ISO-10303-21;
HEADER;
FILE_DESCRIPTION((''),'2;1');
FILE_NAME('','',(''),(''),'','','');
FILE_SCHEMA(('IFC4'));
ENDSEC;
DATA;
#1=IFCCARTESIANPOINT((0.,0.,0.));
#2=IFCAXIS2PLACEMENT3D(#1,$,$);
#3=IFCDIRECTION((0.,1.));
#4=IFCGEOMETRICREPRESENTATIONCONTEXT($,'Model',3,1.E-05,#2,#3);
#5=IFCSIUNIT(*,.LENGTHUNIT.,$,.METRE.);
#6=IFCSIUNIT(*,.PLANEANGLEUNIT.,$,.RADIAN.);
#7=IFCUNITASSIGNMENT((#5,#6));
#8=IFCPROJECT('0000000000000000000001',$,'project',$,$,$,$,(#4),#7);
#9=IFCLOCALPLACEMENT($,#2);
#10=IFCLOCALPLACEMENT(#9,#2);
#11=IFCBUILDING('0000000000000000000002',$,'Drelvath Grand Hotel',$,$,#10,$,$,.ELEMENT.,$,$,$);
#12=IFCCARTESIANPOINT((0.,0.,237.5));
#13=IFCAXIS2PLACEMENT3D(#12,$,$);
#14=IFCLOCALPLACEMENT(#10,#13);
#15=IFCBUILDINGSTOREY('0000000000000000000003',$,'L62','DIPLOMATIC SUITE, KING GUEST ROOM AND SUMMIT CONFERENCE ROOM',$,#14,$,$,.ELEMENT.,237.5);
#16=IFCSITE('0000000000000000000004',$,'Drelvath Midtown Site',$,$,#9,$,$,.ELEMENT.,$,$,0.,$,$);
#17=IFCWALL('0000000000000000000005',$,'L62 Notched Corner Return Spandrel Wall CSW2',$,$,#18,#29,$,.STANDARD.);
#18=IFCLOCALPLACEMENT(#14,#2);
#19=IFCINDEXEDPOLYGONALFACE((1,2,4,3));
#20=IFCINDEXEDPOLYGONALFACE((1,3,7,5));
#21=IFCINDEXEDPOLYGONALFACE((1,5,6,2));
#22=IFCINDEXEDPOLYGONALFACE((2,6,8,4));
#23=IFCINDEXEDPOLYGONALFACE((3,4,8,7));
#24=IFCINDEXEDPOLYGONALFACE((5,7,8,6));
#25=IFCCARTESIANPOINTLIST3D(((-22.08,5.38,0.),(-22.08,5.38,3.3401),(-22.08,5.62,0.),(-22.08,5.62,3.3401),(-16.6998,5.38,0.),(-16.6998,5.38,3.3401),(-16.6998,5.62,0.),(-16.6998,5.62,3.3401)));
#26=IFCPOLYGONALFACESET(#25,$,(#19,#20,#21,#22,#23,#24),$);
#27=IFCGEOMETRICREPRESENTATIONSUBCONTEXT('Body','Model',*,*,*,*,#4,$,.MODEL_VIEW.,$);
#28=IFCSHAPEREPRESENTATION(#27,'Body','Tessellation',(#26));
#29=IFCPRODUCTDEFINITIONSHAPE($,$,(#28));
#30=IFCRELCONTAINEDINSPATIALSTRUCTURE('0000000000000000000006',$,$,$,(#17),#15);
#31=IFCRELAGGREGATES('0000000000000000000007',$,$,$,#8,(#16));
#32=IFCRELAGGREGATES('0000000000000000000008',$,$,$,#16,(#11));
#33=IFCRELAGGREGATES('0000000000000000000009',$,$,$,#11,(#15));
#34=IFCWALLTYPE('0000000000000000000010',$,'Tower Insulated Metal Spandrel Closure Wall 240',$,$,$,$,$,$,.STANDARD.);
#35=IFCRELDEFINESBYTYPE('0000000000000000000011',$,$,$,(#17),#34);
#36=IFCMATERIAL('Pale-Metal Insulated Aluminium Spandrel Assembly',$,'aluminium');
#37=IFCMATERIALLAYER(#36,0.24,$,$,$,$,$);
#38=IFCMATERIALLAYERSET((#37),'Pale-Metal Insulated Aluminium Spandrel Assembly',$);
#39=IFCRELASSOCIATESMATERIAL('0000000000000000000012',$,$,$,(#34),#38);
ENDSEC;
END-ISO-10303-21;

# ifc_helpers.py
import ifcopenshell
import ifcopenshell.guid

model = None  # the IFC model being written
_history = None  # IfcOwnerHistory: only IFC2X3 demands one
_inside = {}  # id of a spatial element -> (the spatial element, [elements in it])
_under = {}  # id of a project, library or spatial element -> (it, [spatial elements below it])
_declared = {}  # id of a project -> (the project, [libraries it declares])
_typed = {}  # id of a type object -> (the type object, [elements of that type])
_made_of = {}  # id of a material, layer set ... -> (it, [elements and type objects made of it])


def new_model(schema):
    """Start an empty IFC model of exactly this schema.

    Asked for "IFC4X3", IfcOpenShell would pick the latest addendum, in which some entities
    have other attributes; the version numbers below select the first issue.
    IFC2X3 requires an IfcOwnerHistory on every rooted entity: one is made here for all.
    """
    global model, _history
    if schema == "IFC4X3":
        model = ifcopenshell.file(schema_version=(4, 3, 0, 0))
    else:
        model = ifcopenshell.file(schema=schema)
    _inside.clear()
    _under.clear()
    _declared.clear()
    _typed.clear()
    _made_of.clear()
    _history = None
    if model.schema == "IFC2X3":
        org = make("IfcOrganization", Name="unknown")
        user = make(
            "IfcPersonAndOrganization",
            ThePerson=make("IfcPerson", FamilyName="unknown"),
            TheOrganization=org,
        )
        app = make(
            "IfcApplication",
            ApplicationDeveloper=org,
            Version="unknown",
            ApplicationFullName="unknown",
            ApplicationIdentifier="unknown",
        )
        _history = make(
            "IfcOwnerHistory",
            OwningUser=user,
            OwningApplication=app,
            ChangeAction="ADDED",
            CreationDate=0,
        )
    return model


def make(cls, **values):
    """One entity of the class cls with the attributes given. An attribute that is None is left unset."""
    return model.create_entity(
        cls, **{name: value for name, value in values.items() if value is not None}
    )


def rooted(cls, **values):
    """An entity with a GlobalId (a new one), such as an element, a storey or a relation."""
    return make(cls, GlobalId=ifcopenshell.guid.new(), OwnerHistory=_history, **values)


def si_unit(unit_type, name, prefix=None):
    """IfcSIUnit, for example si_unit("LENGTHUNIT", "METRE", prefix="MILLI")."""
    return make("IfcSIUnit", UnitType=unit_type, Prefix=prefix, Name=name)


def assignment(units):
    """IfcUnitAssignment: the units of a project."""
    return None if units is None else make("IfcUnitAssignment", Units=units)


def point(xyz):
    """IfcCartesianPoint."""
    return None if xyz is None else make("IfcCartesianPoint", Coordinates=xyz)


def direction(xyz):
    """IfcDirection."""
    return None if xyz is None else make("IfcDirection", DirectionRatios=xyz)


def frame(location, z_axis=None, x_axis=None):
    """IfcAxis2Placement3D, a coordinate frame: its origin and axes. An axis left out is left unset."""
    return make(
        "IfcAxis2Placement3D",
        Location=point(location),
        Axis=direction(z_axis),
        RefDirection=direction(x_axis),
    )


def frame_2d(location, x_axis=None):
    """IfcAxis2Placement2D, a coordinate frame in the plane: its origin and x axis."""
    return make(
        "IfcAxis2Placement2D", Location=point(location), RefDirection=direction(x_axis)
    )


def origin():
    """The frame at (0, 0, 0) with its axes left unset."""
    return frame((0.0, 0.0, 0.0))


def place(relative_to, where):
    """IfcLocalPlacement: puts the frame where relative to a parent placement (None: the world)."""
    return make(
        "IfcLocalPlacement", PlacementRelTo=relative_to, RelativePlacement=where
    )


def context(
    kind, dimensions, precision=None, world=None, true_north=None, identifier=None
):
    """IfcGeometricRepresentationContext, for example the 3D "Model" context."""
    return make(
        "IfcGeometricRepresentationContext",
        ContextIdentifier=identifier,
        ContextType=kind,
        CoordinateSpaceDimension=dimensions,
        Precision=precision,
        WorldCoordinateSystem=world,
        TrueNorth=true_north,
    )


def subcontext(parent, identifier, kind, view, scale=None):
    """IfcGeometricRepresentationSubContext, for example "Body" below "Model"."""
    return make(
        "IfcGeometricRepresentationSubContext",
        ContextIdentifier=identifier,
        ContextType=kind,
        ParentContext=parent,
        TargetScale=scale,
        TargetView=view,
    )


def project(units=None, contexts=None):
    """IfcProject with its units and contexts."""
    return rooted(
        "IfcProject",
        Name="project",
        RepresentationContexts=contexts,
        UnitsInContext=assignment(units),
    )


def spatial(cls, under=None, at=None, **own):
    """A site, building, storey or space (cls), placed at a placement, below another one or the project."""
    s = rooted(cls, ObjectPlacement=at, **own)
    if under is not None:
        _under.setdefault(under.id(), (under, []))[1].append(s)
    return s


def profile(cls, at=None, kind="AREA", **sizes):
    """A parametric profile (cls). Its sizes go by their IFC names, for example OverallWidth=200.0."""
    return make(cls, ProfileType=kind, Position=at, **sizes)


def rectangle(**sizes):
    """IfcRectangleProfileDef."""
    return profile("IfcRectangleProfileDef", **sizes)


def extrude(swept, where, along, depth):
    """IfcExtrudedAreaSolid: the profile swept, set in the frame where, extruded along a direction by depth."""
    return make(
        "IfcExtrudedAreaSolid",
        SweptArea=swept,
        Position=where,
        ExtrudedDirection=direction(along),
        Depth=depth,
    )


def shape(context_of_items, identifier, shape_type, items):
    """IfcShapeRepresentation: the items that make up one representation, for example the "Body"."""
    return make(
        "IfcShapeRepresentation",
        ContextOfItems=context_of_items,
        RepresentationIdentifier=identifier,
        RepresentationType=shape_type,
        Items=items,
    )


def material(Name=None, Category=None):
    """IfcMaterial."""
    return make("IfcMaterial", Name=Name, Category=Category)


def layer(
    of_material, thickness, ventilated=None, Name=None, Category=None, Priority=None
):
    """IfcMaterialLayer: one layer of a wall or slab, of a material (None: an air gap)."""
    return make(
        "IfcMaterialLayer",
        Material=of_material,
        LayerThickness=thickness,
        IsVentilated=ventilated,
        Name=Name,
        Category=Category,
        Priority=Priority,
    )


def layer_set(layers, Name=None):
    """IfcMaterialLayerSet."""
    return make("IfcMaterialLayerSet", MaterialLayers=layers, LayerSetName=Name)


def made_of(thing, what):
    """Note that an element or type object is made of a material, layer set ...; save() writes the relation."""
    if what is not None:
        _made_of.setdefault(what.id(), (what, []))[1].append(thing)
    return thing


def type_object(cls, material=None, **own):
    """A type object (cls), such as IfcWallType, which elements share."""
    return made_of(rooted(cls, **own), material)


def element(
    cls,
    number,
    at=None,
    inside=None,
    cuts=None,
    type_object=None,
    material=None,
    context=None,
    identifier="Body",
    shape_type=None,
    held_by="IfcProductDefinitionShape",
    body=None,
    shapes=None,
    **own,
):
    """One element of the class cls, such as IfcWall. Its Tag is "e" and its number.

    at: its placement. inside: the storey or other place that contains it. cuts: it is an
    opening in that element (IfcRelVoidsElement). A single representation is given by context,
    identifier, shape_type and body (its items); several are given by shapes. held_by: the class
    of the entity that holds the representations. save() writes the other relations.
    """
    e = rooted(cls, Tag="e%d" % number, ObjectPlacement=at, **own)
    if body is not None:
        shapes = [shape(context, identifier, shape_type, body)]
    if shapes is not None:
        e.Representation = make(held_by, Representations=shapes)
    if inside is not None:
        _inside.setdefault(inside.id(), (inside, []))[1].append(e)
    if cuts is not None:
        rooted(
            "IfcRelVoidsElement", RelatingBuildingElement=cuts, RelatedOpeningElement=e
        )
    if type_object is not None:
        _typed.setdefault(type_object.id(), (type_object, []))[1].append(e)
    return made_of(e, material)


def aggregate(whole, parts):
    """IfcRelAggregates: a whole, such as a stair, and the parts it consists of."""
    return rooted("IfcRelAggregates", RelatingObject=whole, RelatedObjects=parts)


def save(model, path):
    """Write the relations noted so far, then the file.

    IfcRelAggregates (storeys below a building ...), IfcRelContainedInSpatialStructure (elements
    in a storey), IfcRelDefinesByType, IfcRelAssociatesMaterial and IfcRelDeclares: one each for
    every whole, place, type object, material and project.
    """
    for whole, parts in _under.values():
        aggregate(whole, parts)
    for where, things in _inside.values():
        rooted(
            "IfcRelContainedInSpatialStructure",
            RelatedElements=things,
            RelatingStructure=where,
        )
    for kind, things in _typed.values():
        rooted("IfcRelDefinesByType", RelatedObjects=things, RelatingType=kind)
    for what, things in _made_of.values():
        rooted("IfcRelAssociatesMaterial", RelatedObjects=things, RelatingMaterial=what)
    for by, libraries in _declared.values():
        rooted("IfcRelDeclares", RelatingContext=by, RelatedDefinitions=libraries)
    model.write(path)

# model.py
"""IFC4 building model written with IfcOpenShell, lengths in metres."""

from ifc_helpers import new_model, si_unit, direction, frame, frame_2d, origin, place, context, subcontext, project, spatial, rectangle, extrude, material, layer, layer_set, type_object, element, save


model = new_model("IFC4")

# Units and contexts
model_context = context("Model", 3, precision=1e-05, world=origin(), true_north=direction((0.0, 1.0)))
body_context = subcontext(model_context, "Body", "Model", "MODEL_VIEW")
ifc_project = project(units=[si_unit("LENGTHUNIT", "METRE"), si_unit("PLANEANGLEUNIT", "RADIAN")], contexts=[model_context])

# Site, building, storey
site_placement = place(None, origin())
site = spatial("IfcSite", under=ifc_project, at=site_placement, Name="Drelvath Midtown Site", CompositionType="ELEMENT", RefElevation=0.0)
building_placement = place(site_placement, origin())
building = spatial("IfcBuilding", under=site, at=building_placement, Name="Drelvath Grand Hotel", CompositionType="ELEMENT")
storey_placement = place(building_placement, frame((0.0, 0.0, 237.5)))
storey = spatial("IfcBuildingStorey", under=building, at=storey_placement, Name="L62", Description="DIPLOMATIC SUITE, KING GUEST ROOM AND SUMMIT CONFERENCE ROOM", CompositionType="ELEMENT", Elevation=237.5)

# Wall
ifc_material_1 = material(Name="Pale-Metal Insulated Aluminium Spandrel Assembly", Category="aluminium")
ifc_layer_1 = layer(ifc_material_1, 0.24)
ifc_layer_set_1 = layer_set([ifc_layer_1], Name="Pale-Metal Insulated Aluminium Spandrel Assembly")
wall_type_1 = type_object("IfcWallType", Name="Tower Insulated Metal Spandrel Closure Wall 240", PredefinedType="STANDARD", material=ifc_layer_set_1)
wall_1_placement = place(storey_placement, frame((-16.7, 5.5, 0.0), z_axis=(0.0, 0.0, 1.0), x_axis=(-1.0, 0.0, 0.0)))
element("IfcWall", 1, at=wall_1_placement, inside=storey, type_object=wall_type_1, Name="L62 Notched Corner Return Spandrel Wall CSW2", PredefinedType="STANDARD", context=body_context, shape_type="SweptSolid", body=[
    extrude(rectangle(XDim=5.3801, YDim=0.24, at=frame_2d((2.6899, 0.0))), origin(), (0.0, 0.0, 1.0), 3.3401),
])

save(model, "model.ifc")
